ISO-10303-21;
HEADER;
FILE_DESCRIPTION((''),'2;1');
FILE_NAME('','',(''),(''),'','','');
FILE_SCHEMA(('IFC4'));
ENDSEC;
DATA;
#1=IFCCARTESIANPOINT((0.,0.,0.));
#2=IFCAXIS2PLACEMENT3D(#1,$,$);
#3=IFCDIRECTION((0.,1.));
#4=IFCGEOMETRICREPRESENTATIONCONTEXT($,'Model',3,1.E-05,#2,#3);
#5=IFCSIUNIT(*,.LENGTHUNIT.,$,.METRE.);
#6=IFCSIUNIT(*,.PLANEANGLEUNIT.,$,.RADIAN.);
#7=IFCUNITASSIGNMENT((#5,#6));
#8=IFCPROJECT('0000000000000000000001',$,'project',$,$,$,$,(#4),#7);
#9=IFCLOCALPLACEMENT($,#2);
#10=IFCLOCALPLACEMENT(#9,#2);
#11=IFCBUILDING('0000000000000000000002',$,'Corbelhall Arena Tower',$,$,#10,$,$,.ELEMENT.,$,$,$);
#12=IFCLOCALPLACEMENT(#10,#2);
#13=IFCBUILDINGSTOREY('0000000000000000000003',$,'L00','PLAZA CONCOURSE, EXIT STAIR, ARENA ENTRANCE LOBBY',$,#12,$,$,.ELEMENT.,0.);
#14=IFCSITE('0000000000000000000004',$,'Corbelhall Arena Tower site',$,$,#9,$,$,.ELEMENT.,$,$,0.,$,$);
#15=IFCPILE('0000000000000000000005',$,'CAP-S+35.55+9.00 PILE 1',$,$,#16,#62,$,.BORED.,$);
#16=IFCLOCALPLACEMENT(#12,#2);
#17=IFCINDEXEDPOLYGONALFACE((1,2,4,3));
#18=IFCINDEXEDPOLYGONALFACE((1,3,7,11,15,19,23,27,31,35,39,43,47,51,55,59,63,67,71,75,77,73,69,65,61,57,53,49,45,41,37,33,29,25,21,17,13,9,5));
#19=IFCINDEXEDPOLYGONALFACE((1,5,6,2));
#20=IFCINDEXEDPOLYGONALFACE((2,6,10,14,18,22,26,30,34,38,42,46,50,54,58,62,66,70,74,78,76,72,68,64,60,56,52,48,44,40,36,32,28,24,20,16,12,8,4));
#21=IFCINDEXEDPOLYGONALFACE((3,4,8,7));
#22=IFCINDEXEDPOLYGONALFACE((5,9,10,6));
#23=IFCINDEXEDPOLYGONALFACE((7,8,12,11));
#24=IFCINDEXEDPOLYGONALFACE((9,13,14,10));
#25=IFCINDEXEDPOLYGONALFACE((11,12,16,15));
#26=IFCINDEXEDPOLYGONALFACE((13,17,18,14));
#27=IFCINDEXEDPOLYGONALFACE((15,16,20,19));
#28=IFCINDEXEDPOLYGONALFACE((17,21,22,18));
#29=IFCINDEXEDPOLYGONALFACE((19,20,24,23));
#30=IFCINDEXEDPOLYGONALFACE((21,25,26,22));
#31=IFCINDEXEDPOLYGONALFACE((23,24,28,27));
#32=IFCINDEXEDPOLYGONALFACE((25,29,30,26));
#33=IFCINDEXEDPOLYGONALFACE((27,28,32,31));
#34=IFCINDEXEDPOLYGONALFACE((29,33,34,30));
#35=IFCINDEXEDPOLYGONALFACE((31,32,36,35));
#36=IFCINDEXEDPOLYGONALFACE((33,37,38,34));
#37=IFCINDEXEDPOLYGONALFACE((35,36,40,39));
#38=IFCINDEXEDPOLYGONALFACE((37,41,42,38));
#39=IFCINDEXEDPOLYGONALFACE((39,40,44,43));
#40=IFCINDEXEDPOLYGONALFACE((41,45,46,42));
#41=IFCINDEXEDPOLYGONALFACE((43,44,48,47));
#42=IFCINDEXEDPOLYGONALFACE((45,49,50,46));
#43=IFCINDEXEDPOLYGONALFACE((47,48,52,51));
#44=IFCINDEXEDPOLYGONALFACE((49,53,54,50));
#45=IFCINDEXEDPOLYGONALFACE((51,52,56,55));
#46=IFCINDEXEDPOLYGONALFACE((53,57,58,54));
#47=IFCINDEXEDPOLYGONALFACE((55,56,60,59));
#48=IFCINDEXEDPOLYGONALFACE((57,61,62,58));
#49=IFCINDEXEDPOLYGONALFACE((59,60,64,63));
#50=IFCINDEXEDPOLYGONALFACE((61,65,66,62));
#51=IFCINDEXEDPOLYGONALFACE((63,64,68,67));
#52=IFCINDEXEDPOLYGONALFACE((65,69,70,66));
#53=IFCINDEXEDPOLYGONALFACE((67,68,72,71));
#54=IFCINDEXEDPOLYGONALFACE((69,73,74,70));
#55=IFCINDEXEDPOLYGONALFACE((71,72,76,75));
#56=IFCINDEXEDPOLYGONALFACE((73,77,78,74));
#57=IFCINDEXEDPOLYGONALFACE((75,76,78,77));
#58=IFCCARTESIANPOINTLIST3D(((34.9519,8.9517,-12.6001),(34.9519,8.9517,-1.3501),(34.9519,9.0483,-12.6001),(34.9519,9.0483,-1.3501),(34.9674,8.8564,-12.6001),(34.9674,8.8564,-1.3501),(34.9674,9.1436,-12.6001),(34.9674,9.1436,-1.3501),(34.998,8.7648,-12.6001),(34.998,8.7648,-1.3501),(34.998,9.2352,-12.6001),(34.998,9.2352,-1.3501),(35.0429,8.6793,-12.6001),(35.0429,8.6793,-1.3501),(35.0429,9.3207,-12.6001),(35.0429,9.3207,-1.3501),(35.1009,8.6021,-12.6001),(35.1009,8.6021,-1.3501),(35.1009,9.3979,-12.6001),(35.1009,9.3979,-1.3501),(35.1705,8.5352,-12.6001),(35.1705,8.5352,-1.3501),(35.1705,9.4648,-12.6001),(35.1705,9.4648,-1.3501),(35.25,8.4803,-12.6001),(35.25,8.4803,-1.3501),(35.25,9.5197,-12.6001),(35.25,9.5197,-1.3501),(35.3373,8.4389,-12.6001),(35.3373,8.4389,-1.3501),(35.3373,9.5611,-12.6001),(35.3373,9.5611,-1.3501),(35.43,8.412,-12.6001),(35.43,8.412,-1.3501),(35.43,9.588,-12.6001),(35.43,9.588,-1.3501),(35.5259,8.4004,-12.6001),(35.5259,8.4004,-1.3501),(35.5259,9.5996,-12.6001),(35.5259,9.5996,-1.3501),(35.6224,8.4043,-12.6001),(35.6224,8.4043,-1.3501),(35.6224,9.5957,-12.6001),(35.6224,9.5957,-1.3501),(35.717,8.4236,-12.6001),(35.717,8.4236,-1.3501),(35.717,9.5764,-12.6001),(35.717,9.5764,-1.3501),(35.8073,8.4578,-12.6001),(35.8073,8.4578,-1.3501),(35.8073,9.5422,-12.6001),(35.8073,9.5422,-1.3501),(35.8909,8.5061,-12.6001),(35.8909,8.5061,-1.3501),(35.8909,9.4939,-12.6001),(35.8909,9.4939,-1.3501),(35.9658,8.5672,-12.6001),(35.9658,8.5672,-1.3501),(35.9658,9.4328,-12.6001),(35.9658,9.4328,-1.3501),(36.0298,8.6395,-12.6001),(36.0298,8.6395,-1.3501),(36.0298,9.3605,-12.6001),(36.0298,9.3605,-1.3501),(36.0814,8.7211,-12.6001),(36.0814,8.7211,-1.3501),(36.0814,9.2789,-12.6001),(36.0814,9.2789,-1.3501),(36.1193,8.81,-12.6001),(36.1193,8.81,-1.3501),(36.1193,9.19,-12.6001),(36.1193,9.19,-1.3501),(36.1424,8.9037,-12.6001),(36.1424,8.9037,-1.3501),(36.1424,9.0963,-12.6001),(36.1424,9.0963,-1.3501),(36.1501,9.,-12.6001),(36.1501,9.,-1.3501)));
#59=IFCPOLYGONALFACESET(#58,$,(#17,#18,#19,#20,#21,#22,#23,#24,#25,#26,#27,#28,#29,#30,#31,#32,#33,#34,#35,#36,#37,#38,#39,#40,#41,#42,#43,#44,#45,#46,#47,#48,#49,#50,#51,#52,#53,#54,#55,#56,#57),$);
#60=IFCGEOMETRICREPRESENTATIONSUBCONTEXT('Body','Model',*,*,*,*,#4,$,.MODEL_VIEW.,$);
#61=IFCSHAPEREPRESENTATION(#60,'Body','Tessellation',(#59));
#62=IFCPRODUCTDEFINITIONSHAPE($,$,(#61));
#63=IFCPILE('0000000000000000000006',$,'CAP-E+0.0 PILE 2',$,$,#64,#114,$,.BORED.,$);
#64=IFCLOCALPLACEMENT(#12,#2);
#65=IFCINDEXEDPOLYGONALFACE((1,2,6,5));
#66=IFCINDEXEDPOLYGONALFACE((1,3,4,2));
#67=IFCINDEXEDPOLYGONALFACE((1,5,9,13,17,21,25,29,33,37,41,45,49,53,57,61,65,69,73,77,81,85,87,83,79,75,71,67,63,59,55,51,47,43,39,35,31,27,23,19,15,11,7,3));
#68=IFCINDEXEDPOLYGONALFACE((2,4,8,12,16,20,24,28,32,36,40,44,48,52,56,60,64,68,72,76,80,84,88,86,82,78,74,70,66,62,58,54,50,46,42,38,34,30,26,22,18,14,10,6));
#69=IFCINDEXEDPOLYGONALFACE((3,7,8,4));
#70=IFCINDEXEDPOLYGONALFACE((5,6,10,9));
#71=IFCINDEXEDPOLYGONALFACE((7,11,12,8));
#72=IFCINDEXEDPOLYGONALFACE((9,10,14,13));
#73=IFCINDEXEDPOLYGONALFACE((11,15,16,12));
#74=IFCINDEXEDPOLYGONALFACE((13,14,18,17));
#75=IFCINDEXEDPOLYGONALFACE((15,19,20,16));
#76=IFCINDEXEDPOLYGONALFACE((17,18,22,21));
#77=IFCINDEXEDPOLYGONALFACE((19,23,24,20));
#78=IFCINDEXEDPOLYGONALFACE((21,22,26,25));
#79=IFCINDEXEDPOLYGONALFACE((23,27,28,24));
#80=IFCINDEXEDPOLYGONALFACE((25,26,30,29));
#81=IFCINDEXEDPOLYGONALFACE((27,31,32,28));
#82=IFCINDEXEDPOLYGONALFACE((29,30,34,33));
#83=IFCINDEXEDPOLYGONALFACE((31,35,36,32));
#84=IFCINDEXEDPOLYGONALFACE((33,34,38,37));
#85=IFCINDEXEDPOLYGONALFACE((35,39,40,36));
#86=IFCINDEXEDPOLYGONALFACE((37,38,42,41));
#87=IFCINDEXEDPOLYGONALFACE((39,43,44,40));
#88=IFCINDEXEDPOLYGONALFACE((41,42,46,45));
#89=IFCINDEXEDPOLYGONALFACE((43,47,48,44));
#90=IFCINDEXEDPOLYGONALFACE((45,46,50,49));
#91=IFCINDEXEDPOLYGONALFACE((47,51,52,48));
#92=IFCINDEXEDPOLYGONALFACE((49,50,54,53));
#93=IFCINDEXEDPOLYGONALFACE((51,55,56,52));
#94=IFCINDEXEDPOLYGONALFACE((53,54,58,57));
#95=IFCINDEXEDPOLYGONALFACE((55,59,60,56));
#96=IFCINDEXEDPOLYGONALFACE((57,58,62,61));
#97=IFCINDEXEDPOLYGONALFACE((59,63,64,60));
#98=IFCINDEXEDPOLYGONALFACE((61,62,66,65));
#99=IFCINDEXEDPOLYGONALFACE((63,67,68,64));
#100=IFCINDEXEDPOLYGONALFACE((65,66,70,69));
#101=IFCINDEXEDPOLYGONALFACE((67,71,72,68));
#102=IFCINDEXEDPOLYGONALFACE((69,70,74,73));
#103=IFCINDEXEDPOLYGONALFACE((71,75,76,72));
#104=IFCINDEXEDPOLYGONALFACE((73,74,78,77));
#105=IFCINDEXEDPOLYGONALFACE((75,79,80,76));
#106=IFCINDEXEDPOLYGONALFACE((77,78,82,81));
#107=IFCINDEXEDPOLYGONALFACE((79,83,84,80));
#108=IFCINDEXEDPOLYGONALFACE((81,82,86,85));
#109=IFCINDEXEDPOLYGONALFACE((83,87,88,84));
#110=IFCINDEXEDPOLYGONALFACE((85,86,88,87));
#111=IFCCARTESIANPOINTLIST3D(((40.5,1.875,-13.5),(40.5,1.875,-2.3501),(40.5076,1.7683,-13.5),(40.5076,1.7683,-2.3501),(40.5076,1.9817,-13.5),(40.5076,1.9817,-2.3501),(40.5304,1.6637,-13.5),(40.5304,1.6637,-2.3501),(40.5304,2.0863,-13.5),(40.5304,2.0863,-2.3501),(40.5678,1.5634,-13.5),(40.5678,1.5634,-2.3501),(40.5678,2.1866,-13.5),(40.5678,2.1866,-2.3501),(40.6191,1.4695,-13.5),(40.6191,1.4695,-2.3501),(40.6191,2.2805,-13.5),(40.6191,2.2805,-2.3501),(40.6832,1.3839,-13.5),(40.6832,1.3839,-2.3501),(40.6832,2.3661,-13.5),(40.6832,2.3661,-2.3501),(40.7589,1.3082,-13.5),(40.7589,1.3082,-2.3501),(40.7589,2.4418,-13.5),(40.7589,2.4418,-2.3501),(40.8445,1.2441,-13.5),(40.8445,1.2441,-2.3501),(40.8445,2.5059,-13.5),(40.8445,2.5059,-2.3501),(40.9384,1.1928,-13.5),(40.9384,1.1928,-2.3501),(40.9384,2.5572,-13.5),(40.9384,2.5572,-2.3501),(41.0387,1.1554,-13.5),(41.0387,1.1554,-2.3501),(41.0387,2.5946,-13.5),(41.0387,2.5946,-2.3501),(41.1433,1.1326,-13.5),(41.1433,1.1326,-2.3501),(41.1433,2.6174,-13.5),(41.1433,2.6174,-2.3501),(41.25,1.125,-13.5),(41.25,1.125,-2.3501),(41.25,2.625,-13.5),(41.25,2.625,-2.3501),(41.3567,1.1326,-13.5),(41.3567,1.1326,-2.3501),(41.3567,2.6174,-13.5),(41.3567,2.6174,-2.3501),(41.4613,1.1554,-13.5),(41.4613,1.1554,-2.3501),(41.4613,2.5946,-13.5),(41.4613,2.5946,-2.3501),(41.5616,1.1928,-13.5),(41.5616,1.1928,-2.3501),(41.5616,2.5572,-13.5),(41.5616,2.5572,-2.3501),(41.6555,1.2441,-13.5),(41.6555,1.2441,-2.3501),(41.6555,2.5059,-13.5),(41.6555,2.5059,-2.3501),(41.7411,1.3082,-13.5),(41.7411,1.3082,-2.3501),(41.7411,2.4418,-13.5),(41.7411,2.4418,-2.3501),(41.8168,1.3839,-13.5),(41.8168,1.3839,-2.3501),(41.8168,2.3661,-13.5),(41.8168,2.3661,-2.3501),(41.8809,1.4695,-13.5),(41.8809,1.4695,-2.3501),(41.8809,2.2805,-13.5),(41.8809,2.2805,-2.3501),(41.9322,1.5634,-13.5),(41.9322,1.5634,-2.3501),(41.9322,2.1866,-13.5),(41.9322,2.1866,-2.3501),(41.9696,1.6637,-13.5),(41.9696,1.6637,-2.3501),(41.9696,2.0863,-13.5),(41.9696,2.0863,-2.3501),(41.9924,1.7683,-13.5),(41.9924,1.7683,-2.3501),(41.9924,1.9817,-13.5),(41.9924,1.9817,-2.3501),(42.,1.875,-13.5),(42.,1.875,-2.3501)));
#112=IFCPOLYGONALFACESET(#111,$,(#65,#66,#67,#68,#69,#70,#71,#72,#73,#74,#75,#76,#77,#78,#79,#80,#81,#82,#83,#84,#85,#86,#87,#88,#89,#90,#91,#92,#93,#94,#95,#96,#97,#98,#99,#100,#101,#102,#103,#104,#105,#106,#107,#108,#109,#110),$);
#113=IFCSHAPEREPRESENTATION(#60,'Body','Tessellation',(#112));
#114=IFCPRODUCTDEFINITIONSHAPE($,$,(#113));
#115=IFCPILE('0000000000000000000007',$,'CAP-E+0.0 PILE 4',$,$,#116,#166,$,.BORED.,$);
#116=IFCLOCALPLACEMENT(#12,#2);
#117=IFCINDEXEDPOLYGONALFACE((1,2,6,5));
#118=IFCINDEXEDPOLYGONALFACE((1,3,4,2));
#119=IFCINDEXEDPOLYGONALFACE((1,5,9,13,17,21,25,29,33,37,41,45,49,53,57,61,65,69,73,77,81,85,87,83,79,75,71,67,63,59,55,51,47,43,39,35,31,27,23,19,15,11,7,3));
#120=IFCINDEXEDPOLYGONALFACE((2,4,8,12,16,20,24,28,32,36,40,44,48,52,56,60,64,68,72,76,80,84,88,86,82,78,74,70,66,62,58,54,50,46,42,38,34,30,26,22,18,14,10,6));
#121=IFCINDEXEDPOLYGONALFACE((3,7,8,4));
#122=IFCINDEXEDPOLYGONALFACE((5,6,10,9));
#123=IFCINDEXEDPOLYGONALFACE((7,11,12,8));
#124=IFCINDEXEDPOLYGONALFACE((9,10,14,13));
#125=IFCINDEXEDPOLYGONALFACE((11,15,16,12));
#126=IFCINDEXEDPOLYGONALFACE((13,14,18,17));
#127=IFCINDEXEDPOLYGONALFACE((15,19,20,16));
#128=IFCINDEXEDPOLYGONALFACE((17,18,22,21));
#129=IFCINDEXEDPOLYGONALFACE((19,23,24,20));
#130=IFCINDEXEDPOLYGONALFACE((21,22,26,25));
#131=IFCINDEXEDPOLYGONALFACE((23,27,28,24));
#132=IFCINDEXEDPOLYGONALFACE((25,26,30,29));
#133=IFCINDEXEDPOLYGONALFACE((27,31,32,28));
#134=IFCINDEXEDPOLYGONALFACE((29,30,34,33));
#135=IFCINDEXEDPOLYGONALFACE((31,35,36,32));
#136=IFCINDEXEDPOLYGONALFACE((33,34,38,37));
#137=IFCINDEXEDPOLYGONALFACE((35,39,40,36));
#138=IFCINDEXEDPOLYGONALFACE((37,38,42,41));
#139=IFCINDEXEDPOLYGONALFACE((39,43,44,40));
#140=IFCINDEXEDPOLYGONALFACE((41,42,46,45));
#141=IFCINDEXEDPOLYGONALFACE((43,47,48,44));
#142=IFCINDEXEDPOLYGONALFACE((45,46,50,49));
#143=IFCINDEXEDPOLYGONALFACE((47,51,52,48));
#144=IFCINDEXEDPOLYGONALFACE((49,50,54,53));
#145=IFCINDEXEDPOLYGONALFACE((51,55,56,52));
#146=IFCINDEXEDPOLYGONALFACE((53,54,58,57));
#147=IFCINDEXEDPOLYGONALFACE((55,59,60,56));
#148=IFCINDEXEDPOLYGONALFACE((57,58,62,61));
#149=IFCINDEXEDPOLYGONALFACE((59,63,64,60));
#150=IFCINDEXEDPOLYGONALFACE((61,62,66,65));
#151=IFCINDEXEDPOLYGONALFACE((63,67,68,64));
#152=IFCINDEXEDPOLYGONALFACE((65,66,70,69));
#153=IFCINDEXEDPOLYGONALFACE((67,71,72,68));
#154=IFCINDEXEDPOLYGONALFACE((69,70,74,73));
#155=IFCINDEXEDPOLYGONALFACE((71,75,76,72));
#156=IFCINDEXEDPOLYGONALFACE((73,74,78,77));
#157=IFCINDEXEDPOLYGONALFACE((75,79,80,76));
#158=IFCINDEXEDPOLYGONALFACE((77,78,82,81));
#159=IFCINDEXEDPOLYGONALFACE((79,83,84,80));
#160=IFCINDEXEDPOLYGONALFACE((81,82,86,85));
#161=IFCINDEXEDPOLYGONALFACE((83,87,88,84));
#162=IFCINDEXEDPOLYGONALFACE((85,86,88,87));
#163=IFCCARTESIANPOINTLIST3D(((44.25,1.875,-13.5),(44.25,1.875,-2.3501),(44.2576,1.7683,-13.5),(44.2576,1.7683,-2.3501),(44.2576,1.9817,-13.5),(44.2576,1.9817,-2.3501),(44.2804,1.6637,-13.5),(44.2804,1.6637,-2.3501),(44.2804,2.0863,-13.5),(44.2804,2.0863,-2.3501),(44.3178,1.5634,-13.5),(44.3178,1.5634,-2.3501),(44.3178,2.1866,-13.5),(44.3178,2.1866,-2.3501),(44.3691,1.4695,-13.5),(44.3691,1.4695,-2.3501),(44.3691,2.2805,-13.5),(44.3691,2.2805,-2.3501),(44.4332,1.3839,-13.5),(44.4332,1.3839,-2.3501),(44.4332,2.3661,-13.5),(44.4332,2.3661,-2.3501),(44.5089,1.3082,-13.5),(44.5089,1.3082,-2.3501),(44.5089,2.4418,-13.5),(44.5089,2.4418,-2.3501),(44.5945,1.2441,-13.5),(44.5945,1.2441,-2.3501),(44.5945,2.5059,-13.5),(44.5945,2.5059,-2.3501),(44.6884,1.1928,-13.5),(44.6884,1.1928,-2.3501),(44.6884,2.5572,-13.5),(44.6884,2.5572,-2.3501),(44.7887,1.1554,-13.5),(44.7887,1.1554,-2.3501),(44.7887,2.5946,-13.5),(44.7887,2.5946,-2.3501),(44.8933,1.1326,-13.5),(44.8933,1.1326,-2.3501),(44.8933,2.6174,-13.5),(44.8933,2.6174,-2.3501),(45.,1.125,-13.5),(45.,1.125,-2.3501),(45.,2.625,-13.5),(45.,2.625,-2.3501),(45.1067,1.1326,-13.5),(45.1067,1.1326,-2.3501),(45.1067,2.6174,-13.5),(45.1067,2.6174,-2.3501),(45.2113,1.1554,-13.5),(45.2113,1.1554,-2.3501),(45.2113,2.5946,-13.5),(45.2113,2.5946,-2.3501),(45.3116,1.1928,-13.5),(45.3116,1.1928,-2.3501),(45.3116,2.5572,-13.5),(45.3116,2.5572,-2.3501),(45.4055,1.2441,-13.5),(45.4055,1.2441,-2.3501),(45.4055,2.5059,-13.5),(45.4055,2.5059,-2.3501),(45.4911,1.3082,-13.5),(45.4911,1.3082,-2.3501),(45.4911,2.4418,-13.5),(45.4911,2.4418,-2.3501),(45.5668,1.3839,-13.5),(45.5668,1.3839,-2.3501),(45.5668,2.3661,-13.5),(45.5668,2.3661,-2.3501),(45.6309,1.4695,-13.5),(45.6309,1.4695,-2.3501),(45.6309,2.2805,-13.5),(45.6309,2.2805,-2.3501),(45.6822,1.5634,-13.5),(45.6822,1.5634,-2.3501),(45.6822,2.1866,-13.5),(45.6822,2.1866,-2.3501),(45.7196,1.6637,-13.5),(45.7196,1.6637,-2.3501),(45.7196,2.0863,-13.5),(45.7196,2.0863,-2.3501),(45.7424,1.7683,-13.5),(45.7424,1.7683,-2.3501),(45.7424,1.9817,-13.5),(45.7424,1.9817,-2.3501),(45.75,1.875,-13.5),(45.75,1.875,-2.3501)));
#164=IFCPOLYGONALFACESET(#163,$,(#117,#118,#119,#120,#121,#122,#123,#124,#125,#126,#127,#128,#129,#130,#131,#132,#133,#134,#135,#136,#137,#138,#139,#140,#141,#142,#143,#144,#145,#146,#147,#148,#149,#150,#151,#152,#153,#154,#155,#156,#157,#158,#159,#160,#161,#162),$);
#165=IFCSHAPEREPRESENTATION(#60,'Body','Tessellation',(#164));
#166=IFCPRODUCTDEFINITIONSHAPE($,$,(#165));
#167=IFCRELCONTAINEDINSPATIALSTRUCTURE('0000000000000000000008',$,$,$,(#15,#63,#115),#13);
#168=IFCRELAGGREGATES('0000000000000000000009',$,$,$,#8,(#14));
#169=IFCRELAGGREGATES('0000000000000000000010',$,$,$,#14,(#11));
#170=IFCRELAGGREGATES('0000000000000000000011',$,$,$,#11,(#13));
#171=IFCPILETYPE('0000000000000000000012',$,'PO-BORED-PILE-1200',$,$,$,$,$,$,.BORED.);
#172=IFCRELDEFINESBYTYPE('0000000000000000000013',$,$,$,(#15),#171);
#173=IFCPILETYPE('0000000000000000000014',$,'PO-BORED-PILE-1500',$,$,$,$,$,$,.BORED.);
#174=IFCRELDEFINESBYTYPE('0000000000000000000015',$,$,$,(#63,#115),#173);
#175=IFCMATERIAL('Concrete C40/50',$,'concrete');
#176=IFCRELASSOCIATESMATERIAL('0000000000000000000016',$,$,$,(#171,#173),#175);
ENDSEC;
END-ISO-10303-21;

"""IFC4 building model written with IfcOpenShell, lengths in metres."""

from ifc_helpers import new_model, si_unit, direction, frame, origin, origin_2d, place, context, subcontext, project, spatial, circle, extrude, material, material_profile, profile_set, type_object, element, save


model = new_model("IFC4")

# Units and contexts
model_context = context("Model", 3, precision=1e-05, world=origin(), true_north=direction((0.0, 1.0)))
body_context = subcontext(model_context, "Body", "Model", "MODEL_VIEW")
ifc_project = project(units=[si_unit("LENGTHUNIT", "METRE"), si_unit("PLANEANGLEUNIT", "RADIAN")], contexts=[model_context])

# Site, building, storey
site_placement = place(None, origin())
site = spatial("IfcSite", under=ifc_project, at=site_placement, Name="Corbelhall Arena Tower site", CompositionType="ELEMENT", RefElevation=0.0)
building_placement = place(site_placement, origin())
building = spatial("IfcBuilding", under=site, at=building_placement, Name="Corbelhall Arena Tower", CompositionType="ELEMENT")
storey_placement = place(building_placement, origin())
storey = spatial("IfcBuildingStorey", under=building, at=storey_placement, Name="L00", Description="PLAZA CONCOURSE, EXIT STAIR, ARENA ENTRANCE LOBBY", CompositionType="ELEMENT", Elevation=0.0)

# Piles
ifc_material_1 = material(Name="Concrete C40/50", Category="concrete")
ifc_material_profile_1 = material_profile(ifc_material_1, circle(Radius=0.6001, at=origin_2d()))
ifc_profile_set_1 = profile_set([ifc_material_profile_1], Name="Concrete C40/50")
pile_type_1 = type_object("IfcPileType", Name="PO-BORED-PILE-1200", PredefinedType="BORED", material=ifc_profile_set_1)
pile_placement = place(storey_placement, frame((35.55, 9.0, -1.3501), z_axis=(0.0, 0.0, -1.0), x_axis=(1.0, 0.0, 0.0)))
element("IfcPile", 1, at=pile_placement, inside=storey, type_object=pile_type_1, Name="CAP-S+35.55+9.00 PILE 1", PredefinedType="BORED", context=body_context, shape_type="SweptSolid", body=[
    extrude(circle(Radius=0.6001, at=origin_2d()), origin(), (0.0, 0.0, 1.0), 11.25),
])
ifc_material_profile_2 = material_profile(ifc_material_1, circle(Radius=0.75, at=origin_2d()))
ifc_profile_set_2 = profile_set([ifc_material_profile_2], Name="Concrete C40/50")
pile_type_2 = type_object("IfcPileType", Name="PO-BORED-PILE-1500", PredefinedType="BORED", material=ifc_profile_set_2)
for number, where, z_axis, x_axis, name in (
    (2, (41.25, 1.875, -2.3501), (0.0, 0.0, -1.0), (1.0, 0.0, 0.0), "CAP-E+0.0 PILE 2"),
    (3, (45.0, 1.875, -2.3501), (0.0, 0.0, -1.0), (1.0, 0.0, 0.0), "CAP-E+0.0 PILE 4"),
):
    element("IfcPile", number, at=place(storey_placement, frame(where, z_axis=z_axis, x_axis=x_axis)), inside=storey, type_object=pile_type_2, Name=name, PredefinedType="BORED", context=body_context, shape_type="SweptSolid", body=[
        extrude(circle(Radius=0.75, at=origin_2d()), origin(), (0.0, 0.0, 1.0), 11.1499),
    ])

save(model, "model.ifc")
